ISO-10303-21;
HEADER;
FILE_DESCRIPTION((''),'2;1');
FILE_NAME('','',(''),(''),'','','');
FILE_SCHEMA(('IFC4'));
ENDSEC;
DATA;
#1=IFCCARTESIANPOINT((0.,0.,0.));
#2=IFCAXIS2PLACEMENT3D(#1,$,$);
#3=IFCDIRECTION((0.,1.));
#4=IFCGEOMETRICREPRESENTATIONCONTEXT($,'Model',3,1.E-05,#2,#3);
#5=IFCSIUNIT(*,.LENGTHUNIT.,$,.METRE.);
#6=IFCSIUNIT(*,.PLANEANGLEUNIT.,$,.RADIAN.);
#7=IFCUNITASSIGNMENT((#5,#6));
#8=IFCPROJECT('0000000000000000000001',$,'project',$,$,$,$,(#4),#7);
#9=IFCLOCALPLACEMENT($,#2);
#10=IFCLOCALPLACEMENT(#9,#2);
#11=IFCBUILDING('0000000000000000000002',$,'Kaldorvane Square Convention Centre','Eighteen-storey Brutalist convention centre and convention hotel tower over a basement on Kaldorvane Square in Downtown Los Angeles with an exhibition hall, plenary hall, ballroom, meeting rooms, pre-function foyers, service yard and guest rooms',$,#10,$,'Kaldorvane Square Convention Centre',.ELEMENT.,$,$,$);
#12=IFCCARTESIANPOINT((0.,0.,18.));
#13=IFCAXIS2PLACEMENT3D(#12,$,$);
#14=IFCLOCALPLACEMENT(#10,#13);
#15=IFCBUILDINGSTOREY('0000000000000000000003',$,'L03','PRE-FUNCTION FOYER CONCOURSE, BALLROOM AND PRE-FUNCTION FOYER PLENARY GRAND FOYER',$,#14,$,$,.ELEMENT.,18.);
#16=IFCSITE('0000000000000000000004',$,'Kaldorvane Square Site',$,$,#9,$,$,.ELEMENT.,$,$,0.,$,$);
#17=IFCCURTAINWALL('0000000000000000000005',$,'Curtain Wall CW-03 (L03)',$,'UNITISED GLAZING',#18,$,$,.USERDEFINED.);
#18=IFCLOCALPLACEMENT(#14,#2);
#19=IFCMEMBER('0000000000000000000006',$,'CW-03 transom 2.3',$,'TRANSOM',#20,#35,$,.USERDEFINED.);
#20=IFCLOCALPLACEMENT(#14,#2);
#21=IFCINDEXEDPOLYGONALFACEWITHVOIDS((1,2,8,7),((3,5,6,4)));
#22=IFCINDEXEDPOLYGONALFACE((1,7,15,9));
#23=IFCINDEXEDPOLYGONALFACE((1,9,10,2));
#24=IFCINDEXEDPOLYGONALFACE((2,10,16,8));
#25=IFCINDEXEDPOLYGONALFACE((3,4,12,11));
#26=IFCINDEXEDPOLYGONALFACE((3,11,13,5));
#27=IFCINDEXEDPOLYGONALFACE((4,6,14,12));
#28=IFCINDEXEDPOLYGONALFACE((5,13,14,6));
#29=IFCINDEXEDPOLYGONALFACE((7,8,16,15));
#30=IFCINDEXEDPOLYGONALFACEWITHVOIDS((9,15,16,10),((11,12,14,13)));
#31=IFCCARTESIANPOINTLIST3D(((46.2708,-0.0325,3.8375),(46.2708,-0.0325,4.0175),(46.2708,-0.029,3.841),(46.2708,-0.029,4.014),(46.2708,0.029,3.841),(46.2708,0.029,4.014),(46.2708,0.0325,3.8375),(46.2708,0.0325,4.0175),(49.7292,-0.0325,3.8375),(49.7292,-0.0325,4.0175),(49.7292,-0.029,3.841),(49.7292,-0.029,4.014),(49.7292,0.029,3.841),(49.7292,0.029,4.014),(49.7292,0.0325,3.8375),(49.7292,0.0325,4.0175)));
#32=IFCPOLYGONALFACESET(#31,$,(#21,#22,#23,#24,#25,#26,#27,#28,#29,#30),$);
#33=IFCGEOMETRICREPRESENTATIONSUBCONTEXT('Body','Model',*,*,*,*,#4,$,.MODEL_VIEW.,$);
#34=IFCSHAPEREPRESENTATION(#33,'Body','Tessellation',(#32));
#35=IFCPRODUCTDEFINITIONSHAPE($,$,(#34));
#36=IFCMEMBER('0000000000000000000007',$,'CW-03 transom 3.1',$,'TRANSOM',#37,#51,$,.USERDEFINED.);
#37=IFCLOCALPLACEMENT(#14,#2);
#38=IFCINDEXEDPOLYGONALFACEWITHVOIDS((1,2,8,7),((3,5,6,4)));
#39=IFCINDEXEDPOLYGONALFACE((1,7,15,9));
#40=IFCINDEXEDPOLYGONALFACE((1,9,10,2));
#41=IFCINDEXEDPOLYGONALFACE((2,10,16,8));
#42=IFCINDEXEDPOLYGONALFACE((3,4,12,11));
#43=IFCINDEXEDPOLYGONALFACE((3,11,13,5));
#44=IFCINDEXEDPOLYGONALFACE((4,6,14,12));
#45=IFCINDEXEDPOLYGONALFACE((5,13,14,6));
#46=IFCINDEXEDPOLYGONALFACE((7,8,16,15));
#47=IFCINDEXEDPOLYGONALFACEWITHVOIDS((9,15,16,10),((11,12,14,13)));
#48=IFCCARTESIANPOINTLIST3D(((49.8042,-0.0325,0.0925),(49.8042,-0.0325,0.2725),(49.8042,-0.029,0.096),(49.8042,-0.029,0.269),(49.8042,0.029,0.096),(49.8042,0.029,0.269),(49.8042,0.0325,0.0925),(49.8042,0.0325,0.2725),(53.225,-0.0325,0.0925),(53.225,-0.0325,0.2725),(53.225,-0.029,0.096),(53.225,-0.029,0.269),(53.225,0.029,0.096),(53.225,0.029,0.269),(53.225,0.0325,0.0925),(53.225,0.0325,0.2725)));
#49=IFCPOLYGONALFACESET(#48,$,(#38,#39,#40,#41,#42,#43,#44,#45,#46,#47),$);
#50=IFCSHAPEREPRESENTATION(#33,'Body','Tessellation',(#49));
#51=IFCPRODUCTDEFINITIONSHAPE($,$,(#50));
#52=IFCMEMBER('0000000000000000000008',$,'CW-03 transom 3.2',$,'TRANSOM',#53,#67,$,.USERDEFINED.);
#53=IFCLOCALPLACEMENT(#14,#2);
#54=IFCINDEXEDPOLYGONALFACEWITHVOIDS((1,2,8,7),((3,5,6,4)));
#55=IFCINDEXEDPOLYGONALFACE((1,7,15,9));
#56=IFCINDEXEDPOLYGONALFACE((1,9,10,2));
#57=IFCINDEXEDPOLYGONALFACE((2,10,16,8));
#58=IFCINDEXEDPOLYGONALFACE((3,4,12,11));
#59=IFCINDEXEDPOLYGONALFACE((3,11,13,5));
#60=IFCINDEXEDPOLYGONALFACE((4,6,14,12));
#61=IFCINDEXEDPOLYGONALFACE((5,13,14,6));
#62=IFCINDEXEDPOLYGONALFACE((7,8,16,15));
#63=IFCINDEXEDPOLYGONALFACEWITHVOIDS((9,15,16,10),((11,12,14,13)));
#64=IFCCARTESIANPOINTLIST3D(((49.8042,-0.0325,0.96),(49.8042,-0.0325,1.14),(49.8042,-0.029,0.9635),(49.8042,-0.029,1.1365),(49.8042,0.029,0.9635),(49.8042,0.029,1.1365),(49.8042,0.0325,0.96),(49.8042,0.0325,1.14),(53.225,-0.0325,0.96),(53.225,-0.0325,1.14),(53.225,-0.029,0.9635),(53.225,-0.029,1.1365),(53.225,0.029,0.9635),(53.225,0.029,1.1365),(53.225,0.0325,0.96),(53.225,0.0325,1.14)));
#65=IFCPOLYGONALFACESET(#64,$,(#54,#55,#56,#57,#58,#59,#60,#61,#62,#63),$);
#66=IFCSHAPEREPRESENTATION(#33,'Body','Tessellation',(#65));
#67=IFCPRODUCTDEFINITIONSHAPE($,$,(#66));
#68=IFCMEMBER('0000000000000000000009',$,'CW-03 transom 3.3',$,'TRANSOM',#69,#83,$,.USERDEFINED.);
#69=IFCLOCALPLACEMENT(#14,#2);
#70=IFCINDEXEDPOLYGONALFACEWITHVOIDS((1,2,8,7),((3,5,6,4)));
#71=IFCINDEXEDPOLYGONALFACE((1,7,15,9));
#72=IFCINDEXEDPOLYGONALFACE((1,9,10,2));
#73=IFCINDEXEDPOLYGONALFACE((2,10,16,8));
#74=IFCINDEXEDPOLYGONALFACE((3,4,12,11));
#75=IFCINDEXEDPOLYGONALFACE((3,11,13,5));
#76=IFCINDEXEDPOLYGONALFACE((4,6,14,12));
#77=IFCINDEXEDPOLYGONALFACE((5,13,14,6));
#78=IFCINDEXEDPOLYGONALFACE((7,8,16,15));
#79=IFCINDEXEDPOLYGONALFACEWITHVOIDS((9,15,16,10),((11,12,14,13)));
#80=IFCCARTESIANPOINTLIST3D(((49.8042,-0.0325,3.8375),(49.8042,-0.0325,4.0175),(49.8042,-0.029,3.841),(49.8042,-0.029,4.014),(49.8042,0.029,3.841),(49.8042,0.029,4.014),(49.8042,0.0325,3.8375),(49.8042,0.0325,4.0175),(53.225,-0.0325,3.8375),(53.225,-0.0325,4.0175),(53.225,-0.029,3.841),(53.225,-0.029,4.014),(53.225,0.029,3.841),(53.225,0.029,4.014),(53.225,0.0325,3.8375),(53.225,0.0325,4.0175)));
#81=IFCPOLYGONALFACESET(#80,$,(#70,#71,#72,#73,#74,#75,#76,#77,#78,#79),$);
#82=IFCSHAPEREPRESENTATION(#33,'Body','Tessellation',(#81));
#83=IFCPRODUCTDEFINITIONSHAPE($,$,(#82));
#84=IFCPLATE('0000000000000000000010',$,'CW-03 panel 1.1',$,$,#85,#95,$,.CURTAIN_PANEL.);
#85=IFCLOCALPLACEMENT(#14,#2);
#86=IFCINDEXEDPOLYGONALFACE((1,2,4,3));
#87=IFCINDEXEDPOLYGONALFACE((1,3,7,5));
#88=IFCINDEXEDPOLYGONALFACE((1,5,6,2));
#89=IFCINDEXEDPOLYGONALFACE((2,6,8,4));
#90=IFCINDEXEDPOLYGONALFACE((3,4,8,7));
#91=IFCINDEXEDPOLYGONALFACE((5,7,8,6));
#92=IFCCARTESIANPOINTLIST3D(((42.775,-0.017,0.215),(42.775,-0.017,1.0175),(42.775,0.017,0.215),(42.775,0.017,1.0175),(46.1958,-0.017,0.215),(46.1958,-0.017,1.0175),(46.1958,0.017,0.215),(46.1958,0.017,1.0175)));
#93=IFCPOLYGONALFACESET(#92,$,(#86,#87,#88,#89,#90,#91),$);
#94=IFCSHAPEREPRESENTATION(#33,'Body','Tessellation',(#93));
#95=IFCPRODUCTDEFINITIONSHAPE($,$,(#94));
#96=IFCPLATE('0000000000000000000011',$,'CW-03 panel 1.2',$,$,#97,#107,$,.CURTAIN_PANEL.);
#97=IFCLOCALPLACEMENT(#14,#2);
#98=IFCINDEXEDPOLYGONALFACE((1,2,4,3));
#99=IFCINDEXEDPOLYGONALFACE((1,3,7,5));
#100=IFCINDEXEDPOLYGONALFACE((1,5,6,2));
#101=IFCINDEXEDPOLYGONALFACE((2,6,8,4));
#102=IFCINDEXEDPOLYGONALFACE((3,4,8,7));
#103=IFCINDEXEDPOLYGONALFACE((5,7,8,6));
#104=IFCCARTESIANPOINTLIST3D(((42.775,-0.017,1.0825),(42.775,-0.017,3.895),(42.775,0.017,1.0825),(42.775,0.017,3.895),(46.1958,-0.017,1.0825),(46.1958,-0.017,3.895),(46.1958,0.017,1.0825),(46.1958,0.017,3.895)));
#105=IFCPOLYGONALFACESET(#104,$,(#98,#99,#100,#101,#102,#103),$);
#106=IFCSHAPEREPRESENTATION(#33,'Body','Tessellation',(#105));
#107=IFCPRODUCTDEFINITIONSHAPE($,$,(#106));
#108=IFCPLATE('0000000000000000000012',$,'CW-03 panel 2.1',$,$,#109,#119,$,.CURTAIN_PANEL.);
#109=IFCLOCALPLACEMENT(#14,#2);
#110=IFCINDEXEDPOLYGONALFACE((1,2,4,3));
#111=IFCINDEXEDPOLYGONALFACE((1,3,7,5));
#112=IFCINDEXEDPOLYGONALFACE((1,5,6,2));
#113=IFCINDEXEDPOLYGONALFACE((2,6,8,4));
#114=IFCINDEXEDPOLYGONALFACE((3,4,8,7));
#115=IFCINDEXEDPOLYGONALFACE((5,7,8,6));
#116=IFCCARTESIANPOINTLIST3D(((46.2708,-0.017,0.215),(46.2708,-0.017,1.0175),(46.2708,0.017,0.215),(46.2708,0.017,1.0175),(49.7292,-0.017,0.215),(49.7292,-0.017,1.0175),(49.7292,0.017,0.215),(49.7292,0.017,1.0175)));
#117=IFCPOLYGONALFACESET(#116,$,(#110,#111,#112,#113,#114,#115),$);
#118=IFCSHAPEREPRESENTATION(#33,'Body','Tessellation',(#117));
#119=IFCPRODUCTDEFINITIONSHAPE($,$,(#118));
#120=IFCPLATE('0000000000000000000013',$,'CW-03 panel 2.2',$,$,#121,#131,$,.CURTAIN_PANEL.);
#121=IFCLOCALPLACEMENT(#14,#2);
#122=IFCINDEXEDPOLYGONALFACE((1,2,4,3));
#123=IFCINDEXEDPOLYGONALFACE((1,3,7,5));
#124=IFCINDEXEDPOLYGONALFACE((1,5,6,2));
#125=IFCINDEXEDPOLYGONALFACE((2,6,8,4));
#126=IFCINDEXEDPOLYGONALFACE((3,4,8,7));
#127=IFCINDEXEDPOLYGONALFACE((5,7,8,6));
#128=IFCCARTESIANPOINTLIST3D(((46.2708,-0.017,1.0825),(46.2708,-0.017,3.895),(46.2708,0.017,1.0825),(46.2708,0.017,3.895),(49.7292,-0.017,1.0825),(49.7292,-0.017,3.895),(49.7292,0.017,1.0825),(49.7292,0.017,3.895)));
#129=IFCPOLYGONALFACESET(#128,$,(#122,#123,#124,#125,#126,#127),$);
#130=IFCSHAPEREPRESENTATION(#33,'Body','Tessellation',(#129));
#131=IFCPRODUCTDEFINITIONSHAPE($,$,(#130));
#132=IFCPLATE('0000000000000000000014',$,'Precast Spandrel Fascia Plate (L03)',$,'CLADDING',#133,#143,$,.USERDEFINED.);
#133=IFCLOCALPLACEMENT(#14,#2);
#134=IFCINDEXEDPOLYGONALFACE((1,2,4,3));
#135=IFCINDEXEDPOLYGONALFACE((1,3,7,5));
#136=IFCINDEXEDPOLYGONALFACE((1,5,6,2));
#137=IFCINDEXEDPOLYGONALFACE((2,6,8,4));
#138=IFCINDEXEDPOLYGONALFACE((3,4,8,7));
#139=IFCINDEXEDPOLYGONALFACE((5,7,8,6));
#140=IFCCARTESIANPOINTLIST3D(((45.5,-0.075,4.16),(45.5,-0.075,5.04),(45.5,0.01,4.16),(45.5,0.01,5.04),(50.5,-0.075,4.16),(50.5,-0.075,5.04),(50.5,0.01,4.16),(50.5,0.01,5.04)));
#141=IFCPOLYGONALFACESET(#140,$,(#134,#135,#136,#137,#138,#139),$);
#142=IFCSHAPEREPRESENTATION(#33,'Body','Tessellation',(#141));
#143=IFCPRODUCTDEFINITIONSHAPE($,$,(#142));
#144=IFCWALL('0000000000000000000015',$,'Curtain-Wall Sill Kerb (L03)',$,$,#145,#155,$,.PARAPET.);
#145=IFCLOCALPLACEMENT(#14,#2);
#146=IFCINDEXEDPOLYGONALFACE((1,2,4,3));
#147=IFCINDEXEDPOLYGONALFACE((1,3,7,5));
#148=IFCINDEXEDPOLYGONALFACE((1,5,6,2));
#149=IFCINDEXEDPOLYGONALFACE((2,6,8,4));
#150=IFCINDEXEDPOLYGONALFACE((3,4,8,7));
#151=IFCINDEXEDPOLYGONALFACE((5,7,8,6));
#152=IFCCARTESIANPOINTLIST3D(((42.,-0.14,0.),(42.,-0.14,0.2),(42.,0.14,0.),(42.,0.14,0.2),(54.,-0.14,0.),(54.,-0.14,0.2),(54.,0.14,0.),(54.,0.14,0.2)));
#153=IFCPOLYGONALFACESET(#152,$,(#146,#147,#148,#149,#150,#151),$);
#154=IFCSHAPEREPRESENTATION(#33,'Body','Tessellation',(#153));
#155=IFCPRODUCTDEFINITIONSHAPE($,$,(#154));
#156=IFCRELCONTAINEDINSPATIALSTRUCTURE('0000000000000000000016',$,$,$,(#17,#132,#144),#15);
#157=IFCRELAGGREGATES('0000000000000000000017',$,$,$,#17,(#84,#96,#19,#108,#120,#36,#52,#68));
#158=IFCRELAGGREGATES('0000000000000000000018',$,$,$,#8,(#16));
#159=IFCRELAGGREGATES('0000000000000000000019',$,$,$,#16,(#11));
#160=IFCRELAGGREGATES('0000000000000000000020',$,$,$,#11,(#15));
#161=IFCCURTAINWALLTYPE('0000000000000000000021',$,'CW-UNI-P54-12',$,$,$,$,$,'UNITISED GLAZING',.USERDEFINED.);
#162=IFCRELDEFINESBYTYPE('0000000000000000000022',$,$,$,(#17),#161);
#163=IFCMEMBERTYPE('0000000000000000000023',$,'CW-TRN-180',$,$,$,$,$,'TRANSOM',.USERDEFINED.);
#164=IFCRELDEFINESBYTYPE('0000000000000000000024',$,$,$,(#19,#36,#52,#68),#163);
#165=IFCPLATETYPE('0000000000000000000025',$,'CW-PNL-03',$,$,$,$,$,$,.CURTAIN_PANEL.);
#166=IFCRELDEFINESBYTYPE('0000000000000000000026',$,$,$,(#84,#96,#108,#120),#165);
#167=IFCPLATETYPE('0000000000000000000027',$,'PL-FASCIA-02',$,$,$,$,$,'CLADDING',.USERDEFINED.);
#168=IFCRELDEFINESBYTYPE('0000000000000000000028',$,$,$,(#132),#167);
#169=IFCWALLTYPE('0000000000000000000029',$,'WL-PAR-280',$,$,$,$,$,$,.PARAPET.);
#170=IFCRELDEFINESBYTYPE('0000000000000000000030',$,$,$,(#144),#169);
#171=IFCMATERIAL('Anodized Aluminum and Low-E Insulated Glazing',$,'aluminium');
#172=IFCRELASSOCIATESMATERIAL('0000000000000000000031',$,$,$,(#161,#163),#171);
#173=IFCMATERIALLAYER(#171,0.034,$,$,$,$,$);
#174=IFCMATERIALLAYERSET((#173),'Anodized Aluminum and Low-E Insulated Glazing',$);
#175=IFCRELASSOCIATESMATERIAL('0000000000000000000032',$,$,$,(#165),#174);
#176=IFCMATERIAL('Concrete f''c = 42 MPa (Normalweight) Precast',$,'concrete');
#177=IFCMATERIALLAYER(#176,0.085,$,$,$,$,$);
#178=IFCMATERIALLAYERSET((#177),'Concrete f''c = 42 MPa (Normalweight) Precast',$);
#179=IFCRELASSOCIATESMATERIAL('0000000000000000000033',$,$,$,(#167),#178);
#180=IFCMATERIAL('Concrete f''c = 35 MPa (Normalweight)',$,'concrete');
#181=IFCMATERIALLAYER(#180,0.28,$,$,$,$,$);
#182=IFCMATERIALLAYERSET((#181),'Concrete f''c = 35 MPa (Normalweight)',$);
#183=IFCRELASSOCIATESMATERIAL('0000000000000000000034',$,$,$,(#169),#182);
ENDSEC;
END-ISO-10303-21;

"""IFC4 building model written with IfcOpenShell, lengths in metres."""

from ifc_helpers import new_model, si_unit, direction, frame, frame_2d, origin, origin_2d, place, context, subcontext, project, spatial, rectangle, hollow_rectangle, extrude, material, layer, layer_set, material_profile, profile_set, type_object, element, aggregate, save


model = new_model("IFC4")

# Units and contexts
model_context = context("Model", 3, precision=1e-05, world=origin(), true_north=direction((0.0, 1.0)))
body_context = subcontext(model_context, "Body", "Model", "MODEL_VIEW")
ifc_project = project(units=[si_unit("LENGTHUNIT", "METRE"), si_unit("PLANEANGLEUNIT", "RADIAN")], contexts=[model_context])

# Site, building, storey
site_placement = place(None, origin())
site = spatial("IfcSite", under=ifc_project, at=site_placement, Name="Kaldorvane Square Site", CompositionType="ELEMENT", RefElevation=0.0)
building_placement = place(site_placement, origin())
building = spatial("IfcBuilding", under=site, at=building_placement, Name="Kaldorvane Square Convention Centre", Description="Eighteen-storey Brutalist convention centre and convention hotel tower over a basement on Kaldorvane Square in Downtown Los Angeles with an exhibition hall, plenary hall, ballroom, meeting rooms, pre-function foyers, service yard and guest rooms", LongName="Kaldorvane Square Convention Centre", CompositionType="ELEMENT")
storey_placement = place(building_placement, frame((0.0, 0.0, 18.0)))
storey = spatial("IfcBuildingStorey", under=building, at=storey_placement, Name="L03", Description="PRE-FUNCTION FOYER CONCOURSE, BALLROOM AND PRE-FUNCTION FOYER PLENARY GRAND FOYER", CompositionType="ELEMENT", Elevation=18.0)

# Curtain wall, members, plates
ifc_material_1 = material(Name="Anodized Aluminum and Low-E Insulated Glazing", Category="aluminium")
curtain_wall_type = type_object("IfcCurtainWallType", Name="CW-UNI-P54-12", ElementType="UNITISED GLAZING", PredefinedType="USERDEFINED", material=ifc_material_1)
curtain_wall_placement = place(storey_placement, origin())
curtain_wall = element("IfcCurtainWall", 1, at=curtain_wall_placement, inside=storey, type_object=curtain_wall_type, Name="Curtain Wall CW-03 (L03)", ObjectType="UNITISED GLAZING", PredefinedType="USERDEFINED")
ifc_material_profile_1 = material_profile(ifc_material_1, hollow_rectangle(XDim=0.065, YDim=0.18, WallThickness=0.0035, at=origin_2d()), Name="CWT-180X65")
ifc_profile_set_1 = profile_set([ifc_material_profile_1], Name="Anodized Aluminum and Low-E Insulated Glazing")
member_type_1 = type_object("IfcMemberType", Name="CW-TRN-180", ElementType="TRANSOM", PredefinedType="USERDEFINED", material=ifc_profile_set_1)
member_1_placement = place(storey_placement, frame((46.2708, 0.0, 3.9275), z_axis=(1.0, 0.0, 0.0), x_axis=(0.0, 1.0, 0.0)))
member_1 = element("IfcMember", 2, at=member_1_placement, type_object=member_type_1, Name="CW-03 transom 2.3", ObjectType="TRANSOM", PredefinedType="USERDEFINED", context=body_context, shape_type="SweptSolid", body=[
    extrude(hollow_rectangle(XDim=0.065, YDim=0.18, WallThickness=0.0035, at=origin_2d()), origin(), (0.0, 0.0, 1.0), 3.4583),
])
member_2_placement = place(storey_placement, frame((49.8042, 0.0, 0.1825), z_axis=(1.0, 0.0, 0.0), x_axis=(0.0, 1.0, 0.0)))
member_2 = element("IfcMember", 3, at=member_2_placement, type_object=member_type_1, Name="CW-03 transom 3.1", ObjectType="TRANSOM", PredefinedType="USERDEFINED", context=body_context, shape_type="SweptSolid", body=[
    extrude(hollow_rectangle(XDim=0.065, YDim=0.18, WallThickness=0.0035, at=origin_2d()), origin(), (0.0, 0.0, 1.0), 3.4208),
])
member_3_placement = place(storey_placement, frame((49.8042, 0.0, 1.05), z_axis=(1.0, 0.0, 0.0), x_axis=(0.0, 1.0, 0.0)))
member_3 = element("IfcMember", 4, at=member_3_placement, type_object=member_type_1, Name="CW-03 transom 3.2", ObjectType="TRANSOM", PredefinedType="USERDEFINED", context=body_context, shape_type="SweptSolid", body=[
    extrude(hollow_rectangle(XDim=0.065, YDim=0.18, WallThickness=0.0035, at=origin_2d()), origin(), (0.0, 0.0, 1.0), 3.4208),
])
member_4_placement = place(storey_placement, frame((49.8042, 0.0, 3.9275), z_axis=(1.0, 0.0, 0.0), x_axis=(0.0, 1.0, 0.0)))
member_4 = element("IfcMember", 5, at=member_4_placement, type_object=member_type_1, Name="CW-03 transom 3.3", ObjectType="TRANSOM", PredefinedType="USERDEFINED", context=body_context, shape_type="SweptSolid", body=[
    extrude(hollow_rectangle(XDim=0.065, YDim=0.18, WallThickness=0.0035, at=origin_2d()), origin(), (0.0, 0.0, 1.0), 3.4208),
])
ifc_layer_1 = layer(ifc_material_1, 0.034)
ifc_layer_set_1 = layer_set([ifc_layer_1], Name="Anodized Aluminum and Low-E Insulated Glazing")
plate_type_1 = type_object("IfcPlateType", Name="CW-PNL-03", PredefinedType="CURTAIN_PANEL", material=ifc_layer_set_1)
plate_1_placement = place(storey_placement, frame((44.4854, 0.0, 0.215), z_axis=(0.0, 0.0, 1.0), x_axis=(1.0, 0.0, 0.0)))
plate_1 = element("IfcPlate", 6, at=plate_1_placement, type_object=plate_type_1, Name="CW-03 panel 1.1", PredefinedType="CURTAIN_PANEL", context=body_context, shape_type="SweptSolid", body=[
    extrude(rectangle(XDim=3.4208, YDim=0.034, at=origin_2d()), origin(), (0.0, 0.0, 1.0), 0.8025),
])
plate_2_placement = place(storey_placement, frame((44.4854, 0.0, 1.0825), z_axis=(0.0, 0.0, 1.0), x_axis=(1.0, 0.0, 0.0)))
plate_2 = element("IfcPlate", 7, at=plate_2_placement, type_object=plate_type_1, Name="CW-03 panel 1.2", PredefinedType="CURTAIN_PANEL", context=body_context, shape_type="SweptSolid", body=[
    extrude(rectangle(XDim=3.4208, YDim=0.034, at=origin_2d()), origin(), (0.0, 0.0, 1.0), 2.8125),
])
plate_3_placement = place(storey_placement, frame((48.0, 0.0, 0.215), z_axis=(0.0, 0.0, 1.0), x_axis=(1.0, 0.0, 0.0)))
plate_3 = element("IfcPlate", 8, at=plate_3_placement, type_object=plate_type_1, Name="CW-03 panel 2.1", PredefinedType="CURTAIN_PANEL", context=body_context, shape_type="SweptSolid", body=[
    extrude(rectangle(XDim=3.4583, YDim=0.034, at=origin_2d()), origin(), (0.0, 0.0, 1.0), 0.8025),
])
plate_4_placement = place(storey_placement, frame((48.0, 0.0, 1.0825), z_axis=(0.0, 0.0, 1.0), x_axis=(1.0, 0.0, 0.0)))
plate_4 = element("IfcPlate", 9, at=plate_4_placement, type_object=plate_type_1, Name="CW-03 panel 2.2", PredefinedType="CURTAIN_PANEL", context=body_context, shape_type="SweptSolid", body=[
    extrude(rectangle(XDim=3.4583, YDim=0.034, at=origin_2d()), origin(), (0.0, 0.0, 1.0), 2.8125),
])
aggregate(curtain_wall, [plate_1, plate_2, member_1, plate_3, plate_4, member_2, member_3, member_4])

# Plate
ifc_material_2 = material(Name="Concrete f'c = 42 MPa (Normalweight) Precast", Category="concrete")
ifc_layer_2 = layer(ifc_material_2, 0.085)
ifc_layer_set_2 = layer_set([ifc_layer_2], Name="Concrete f'c = 42 MPa (Normalweight) Precast")
plate_type_2 = type_object("IfcPlateType", Name="PL-FASCIA-02", ElementType="CLADDING", PredefinedType="USERDEFINED", material=ifc_layer_set_2)
plate_5_placement = place(storey_placement, frame((48.0, -0.0325, 4.16), z_axis=(0.0, 0.0, 1.0), x_axis=(1.0, 0.0, 0.0)))
element("IfcPlate", 10, at=plate_5_placement, inside=storey, type_object=plate_type_2, Name="Precast Spandrel Fascia Plate (L03)", ObjectType="CLADDING", PredefinedType="USERDEFINED", context=body_context, shape_type="SweptSolid", body=[
    extrude(rectangle(XDim=5.0, YDim=0.085, at=origin_2d()), origin(), (0.0, 0.0, 1.0), 0.88),
])

# Wall
ifc_material_3 = material(Name="Concrete f'c = 35 MPa (Normalweight)", Category="concrete")
ifc_layer_3 = layer(ifc_material_3, 0.28)
ifc_layer_set_3 = layer_set([ifc_layer_3], Name="Concrete f'c = 35 MPa (Normalweight)")
wall_type = type_object("IfcWallType", Name="WL-PAR-280", PredefinedType="PARAPET", material=ifc_layer_set_3)
wall_placement = place(storey_placement, frame((42.0, 0.0, 0.0), z_axis=(0.0, 0.0, 1.0), x_axis=(1.0, 0.0, 0.0)))
element("IfcWall", 11, at=wall_placement, inside=storey, type_object=wall_type, Name="Curtain-Wall Sill Kerb (L03)", PredefinedType="PARAPET", context=body_context, shape_type="SweptSolid", body=[
    extrude(rectangle(XDim=12.0, YDim=0.28, at=frame_2d((6.0, 0.0))), origin(), (0.0, 0.0, 1.0), 0.2),
])

save(model, "model.ifc")
